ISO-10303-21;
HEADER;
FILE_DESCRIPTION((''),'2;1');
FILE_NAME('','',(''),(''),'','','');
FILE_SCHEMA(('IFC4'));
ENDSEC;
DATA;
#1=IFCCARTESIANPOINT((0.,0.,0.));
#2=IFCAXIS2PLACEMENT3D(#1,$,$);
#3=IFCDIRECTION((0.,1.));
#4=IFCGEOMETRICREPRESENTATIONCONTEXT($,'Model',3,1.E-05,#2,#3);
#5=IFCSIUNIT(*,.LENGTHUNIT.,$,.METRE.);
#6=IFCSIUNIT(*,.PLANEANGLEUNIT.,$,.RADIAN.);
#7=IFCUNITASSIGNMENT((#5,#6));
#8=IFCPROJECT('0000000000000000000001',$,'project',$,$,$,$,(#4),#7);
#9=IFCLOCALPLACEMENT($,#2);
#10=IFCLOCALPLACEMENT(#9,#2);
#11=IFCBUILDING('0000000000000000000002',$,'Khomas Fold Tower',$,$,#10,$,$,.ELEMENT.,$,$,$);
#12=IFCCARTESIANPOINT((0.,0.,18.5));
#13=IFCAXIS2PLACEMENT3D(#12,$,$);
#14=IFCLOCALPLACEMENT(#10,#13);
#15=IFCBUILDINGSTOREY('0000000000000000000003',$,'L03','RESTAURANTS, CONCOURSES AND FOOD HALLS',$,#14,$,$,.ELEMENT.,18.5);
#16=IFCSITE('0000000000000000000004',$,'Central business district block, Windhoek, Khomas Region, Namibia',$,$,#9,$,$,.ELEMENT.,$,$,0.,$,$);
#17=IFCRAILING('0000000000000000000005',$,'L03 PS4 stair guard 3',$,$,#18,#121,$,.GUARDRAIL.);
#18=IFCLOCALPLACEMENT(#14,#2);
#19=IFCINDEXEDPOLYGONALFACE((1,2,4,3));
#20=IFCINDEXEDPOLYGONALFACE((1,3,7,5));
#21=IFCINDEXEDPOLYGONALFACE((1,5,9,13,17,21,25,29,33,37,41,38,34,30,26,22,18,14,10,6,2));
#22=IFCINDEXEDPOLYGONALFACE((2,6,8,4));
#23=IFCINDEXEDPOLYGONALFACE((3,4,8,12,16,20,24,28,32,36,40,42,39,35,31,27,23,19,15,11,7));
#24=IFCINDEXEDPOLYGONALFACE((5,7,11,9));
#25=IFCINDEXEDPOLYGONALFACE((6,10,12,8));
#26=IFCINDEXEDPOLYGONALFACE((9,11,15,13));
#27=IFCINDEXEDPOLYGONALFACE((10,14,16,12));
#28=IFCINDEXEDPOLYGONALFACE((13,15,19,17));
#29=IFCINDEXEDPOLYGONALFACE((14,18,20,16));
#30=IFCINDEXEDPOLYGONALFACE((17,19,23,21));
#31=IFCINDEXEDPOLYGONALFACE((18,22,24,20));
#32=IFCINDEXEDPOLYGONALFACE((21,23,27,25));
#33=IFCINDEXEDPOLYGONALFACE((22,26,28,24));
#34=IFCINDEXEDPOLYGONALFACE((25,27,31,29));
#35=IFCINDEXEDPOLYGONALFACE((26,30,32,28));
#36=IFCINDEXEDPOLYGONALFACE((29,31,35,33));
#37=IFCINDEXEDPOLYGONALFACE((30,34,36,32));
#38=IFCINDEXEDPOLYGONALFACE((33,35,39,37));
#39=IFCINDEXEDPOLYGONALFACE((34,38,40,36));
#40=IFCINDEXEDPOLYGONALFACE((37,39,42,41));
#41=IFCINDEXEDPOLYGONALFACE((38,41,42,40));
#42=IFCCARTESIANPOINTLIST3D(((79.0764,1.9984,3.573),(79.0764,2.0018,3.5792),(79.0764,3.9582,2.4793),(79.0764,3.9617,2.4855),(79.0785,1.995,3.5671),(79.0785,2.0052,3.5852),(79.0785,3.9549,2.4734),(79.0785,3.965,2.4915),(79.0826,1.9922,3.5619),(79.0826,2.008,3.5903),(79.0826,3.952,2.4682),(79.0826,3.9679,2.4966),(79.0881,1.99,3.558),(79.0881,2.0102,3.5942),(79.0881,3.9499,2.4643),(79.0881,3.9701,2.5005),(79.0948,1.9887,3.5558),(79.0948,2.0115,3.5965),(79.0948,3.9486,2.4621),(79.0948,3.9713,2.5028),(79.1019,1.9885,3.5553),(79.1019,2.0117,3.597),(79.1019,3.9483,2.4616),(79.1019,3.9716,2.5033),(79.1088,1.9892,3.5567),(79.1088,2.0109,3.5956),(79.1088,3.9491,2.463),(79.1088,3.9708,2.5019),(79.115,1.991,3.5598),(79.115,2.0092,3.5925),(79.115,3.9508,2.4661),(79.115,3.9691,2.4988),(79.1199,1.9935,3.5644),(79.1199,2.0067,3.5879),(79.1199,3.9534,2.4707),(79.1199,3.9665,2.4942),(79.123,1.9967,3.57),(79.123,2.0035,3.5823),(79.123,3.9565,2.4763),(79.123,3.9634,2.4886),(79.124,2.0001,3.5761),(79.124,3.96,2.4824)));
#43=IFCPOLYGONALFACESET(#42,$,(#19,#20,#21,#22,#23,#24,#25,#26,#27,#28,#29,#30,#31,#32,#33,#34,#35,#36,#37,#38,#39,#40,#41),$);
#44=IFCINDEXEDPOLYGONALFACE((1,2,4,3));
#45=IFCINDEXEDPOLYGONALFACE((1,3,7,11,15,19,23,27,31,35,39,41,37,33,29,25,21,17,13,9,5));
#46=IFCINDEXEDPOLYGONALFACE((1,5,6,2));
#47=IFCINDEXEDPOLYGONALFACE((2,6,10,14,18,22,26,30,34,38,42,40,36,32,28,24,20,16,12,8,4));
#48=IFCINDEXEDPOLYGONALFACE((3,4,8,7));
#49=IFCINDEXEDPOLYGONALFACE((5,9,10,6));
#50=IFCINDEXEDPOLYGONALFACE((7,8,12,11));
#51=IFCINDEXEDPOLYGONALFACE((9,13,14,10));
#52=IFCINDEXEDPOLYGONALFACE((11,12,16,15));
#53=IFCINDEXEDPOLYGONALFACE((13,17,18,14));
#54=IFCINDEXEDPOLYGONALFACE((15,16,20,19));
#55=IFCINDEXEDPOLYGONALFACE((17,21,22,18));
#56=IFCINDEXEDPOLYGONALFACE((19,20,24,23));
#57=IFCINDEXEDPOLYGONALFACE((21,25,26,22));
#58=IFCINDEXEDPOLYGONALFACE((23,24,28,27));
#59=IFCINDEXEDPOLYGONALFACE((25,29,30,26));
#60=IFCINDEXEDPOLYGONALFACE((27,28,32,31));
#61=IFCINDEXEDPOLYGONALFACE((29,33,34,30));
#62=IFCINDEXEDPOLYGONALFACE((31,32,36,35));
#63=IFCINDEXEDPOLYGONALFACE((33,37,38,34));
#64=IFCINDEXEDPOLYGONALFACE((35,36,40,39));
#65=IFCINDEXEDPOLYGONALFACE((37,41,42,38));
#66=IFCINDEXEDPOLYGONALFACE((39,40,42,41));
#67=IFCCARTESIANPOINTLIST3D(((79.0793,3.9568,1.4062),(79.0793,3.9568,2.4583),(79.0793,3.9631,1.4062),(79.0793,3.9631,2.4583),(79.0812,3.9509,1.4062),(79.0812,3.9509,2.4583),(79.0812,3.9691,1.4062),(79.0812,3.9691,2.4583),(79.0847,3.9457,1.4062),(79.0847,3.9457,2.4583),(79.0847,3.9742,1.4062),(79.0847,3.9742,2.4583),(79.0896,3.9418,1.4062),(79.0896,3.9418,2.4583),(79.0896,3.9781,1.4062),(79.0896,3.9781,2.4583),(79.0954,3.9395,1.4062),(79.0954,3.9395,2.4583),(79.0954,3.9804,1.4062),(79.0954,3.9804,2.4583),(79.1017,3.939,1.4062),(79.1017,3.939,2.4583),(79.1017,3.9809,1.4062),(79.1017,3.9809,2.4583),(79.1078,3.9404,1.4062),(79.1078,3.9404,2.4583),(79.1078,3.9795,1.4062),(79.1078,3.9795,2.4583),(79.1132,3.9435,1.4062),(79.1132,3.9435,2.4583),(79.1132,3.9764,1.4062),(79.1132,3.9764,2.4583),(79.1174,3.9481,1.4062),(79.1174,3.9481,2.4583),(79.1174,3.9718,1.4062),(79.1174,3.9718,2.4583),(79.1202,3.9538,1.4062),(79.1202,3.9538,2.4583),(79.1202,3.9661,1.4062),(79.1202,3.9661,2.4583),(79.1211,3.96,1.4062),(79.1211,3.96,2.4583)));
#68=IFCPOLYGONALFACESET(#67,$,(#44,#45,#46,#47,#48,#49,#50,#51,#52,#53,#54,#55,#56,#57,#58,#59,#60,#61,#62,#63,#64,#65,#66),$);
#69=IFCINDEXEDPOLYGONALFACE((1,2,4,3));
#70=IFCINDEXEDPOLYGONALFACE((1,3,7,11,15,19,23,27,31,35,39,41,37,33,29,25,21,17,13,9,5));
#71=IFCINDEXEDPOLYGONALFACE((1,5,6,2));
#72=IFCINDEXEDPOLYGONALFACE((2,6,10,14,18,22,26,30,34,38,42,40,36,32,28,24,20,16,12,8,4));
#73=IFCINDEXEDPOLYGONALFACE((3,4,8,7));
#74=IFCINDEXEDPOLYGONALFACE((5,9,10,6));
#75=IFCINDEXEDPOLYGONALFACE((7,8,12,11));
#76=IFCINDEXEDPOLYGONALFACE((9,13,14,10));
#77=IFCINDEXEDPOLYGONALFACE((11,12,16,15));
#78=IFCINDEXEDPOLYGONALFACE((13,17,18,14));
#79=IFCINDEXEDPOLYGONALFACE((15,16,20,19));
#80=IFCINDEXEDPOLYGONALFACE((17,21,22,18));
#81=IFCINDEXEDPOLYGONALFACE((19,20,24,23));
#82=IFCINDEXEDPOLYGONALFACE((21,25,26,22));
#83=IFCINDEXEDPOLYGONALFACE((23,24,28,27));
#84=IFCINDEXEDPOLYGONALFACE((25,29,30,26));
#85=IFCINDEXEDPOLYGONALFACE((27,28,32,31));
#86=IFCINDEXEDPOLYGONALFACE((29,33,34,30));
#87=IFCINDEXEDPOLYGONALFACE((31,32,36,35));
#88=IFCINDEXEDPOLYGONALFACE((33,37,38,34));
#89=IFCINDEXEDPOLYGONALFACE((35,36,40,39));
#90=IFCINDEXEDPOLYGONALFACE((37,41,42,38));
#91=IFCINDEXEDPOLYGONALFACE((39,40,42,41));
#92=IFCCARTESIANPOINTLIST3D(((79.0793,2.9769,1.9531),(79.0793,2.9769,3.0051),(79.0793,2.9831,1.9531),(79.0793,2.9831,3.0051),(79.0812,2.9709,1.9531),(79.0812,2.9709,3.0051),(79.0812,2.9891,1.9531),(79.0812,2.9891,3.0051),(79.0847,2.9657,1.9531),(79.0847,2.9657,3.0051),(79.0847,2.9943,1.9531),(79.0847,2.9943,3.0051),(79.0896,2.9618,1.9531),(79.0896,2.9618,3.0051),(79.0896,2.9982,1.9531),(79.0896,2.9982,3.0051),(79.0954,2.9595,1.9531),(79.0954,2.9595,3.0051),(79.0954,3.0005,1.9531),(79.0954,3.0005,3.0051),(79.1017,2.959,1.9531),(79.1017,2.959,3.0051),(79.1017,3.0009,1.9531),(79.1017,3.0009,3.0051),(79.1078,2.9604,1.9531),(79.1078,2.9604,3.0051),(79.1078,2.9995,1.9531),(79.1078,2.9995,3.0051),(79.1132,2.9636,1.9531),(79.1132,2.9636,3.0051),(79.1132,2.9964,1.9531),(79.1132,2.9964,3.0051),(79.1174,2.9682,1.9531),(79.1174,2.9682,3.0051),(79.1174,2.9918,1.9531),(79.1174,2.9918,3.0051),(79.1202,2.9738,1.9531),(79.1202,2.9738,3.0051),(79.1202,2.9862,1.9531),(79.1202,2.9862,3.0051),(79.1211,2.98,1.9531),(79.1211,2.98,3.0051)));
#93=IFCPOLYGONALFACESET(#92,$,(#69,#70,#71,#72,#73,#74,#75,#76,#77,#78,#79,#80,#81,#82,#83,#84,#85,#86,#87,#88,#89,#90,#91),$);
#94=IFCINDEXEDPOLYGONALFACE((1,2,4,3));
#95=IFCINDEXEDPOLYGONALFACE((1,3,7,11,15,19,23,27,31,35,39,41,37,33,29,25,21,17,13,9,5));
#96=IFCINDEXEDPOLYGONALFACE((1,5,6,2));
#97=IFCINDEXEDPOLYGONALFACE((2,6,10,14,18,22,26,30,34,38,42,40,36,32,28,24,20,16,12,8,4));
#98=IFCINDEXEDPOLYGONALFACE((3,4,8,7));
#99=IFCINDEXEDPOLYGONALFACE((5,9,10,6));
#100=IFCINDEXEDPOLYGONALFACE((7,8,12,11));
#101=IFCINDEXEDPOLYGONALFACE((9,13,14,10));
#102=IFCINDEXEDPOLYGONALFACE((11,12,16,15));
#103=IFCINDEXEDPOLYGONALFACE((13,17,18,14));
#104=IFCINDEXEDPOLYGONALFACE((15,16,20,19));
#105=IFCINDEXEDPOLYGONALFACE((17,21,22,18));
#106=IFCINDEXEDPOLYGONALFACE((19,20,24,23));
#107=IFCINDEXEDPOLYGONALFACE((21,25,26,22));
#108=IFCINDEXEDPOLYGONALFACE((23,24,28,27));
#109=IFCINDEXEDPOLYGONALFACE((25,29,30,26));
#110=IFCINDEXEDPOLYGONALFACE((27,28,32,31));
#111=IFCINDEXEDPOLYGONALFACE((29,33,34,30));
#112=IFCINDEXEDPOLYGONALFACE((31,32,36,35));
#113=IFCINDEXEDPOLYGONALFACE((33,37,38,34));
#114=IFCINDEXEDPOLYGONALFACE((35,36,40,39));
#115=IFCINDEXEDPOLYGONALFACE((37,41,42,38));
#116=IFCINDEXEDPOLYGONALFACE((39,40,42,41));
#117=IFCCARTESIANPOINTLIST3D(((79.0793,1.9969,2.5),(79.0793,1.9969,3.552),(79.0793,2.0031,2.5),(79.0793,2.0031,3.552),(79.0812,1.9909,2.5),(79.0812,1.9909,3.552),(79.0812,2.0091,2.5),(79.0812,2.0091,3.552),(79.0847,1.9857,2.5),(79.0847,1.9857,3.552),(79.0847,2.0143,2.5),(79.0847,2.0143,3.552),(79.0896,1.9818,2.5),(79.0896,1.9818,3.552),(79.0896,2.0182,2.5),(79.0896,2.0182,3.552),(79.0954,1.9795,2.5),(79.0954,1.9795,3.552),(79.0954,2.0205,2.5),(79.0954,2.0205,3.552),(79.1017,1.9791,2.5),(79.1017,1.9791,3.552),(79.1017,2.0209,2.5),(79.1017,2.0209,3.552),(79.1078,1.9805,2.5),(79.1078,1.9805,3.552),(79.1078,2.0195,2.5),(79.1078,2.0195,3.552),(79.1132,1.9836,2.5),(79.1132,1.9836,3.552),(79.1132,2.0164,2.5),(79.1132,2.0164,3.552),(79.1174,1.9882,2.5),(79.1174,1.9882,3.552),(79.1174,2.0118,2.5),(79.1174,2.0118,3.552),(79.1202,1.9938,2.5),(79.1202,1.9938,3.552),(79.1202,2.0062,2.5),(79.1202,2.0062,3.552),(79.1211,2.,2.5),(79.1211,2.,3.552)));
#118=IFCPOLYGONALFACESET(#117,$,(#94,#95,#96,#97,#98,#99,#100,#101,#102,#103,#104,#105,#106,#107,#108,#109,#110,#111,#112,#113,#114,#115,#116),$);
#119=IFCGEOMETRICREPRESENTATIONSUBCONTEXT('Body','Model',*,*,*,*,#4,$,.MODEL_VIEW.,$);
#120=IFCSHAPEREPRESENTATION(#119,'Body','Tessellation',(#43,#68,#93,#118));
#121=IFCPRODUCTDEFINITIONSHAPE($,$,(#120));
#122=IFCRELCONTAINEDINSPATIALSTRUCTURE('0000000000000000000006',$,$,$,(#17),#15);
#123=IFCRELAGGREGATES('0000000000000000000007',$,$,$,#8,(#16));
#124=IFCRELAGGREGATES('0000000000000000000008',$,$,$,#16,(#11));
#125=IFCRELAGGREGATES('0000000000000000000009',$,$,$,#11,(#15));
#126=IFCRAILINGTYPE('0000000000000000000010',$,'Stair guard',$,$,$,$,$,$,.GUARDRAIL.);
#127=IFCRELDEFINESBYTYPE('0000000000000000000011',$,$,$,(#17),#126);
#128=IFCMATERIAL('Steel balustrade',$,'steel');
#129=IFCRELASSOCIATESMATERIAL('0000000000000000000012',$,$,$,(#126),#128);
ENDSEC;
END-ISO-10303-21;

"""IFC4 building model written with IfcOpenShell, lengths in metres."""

from ifc_helpers import new_model, si_unit, direction, frame, origin, origin_2d, place, context, subcontext, project, spatial, circle, extrude, source, transform, mapped, material, type_object, element, save


model = new_model("IFC4")

# Units and contexts
model_context = context("Model", 3, precision=1e-05, world=origin(), true_north=direction((0.0, 1.0)))
body_context = subcontext(model_context, "Body", "Model", "MODEL_VIEW")
ifc_project = project(units=[si_unit("LENGTHUNIT", "METRE"), si_unit("PLANEANGLEUNIT", "RADIAN")], contexts=[model_context])

# Site, building, storey
site_placement = place(None, origin())
site = spatial("IfcSite", under=ifc_project, at=site_placement, Name="Central business district block, Windhoek, Khomas Region, Namibia", CompositionType="ELEMENT", RefElevation=0.0)
building_placement = place(site_placement, origin())
building = spatial("IfcBuilding", under=site, at=building_placement, Name="Khomas Fold Tower", CompositionType="ELEMENT")
storey_placement = place(building_placement, frame((0.0, 0.0, 18.5)))
storey = spatial("IfcBuildingStorey", under=building, at=storey_placement, Name="L03", Description="RESTAURANTS, CONCOURSES AND FOOD HALLS", CompositionType="ELEMENT", Elevation=18.5)

# Railing
ifc_material_1 = material(Name="Steel balustrade", Category="steel")
railing_type_1 = type_object("IfcRailingType", Name="Stair guard", PredefinedType="GUARDRAIL", material=ifc_material_1)
shared_shape_1 = source(origin(), body_context, "Body", "SweptSolid", [
    extrude(circle(Radius=0.0239, at=origin_2d()), frame((0.0, 0.0, 1.0762), z_axis=(0.0, -0.873232, 0.487304), x_axis=(1.0, 0.0, 0.0)), (0.0, 0.0, 1.0), 2.2444),
    extrude(circle(Radius=0.021, at=origin_2d()), origin(), (0.0, 0.0, 1.0), 1.052),
    extrude(circle(Radius=0.021, at=origin_2d()), frame((0.0, -0.98, 0.5469)), (0.0, 0.0, 1.0), 1.052),
    extrude(circle(Radius=0.021, at=origin_2d()), frame((0.0, -1.96, 1.0938)), (0.0, 0.0, 1.0), 1.052),
])
for number, where, name in (
    (1, (79.1001, 3.96, 1.4062), "L03 PS4 stair guard 3"),
):
    element("IfcRailing", number, at=place(storey_placement, frame(where)), inside=storey, type_object=railing_type_1, Name=name, PredefinedType="GUARDRAIL", context=body_context, shape_type="MappedRepresentation", body=[
        mapped(shared_shape_1, transform((0.0, 0.0, 0.0))),
    ])

save(model, "model.ifc")
